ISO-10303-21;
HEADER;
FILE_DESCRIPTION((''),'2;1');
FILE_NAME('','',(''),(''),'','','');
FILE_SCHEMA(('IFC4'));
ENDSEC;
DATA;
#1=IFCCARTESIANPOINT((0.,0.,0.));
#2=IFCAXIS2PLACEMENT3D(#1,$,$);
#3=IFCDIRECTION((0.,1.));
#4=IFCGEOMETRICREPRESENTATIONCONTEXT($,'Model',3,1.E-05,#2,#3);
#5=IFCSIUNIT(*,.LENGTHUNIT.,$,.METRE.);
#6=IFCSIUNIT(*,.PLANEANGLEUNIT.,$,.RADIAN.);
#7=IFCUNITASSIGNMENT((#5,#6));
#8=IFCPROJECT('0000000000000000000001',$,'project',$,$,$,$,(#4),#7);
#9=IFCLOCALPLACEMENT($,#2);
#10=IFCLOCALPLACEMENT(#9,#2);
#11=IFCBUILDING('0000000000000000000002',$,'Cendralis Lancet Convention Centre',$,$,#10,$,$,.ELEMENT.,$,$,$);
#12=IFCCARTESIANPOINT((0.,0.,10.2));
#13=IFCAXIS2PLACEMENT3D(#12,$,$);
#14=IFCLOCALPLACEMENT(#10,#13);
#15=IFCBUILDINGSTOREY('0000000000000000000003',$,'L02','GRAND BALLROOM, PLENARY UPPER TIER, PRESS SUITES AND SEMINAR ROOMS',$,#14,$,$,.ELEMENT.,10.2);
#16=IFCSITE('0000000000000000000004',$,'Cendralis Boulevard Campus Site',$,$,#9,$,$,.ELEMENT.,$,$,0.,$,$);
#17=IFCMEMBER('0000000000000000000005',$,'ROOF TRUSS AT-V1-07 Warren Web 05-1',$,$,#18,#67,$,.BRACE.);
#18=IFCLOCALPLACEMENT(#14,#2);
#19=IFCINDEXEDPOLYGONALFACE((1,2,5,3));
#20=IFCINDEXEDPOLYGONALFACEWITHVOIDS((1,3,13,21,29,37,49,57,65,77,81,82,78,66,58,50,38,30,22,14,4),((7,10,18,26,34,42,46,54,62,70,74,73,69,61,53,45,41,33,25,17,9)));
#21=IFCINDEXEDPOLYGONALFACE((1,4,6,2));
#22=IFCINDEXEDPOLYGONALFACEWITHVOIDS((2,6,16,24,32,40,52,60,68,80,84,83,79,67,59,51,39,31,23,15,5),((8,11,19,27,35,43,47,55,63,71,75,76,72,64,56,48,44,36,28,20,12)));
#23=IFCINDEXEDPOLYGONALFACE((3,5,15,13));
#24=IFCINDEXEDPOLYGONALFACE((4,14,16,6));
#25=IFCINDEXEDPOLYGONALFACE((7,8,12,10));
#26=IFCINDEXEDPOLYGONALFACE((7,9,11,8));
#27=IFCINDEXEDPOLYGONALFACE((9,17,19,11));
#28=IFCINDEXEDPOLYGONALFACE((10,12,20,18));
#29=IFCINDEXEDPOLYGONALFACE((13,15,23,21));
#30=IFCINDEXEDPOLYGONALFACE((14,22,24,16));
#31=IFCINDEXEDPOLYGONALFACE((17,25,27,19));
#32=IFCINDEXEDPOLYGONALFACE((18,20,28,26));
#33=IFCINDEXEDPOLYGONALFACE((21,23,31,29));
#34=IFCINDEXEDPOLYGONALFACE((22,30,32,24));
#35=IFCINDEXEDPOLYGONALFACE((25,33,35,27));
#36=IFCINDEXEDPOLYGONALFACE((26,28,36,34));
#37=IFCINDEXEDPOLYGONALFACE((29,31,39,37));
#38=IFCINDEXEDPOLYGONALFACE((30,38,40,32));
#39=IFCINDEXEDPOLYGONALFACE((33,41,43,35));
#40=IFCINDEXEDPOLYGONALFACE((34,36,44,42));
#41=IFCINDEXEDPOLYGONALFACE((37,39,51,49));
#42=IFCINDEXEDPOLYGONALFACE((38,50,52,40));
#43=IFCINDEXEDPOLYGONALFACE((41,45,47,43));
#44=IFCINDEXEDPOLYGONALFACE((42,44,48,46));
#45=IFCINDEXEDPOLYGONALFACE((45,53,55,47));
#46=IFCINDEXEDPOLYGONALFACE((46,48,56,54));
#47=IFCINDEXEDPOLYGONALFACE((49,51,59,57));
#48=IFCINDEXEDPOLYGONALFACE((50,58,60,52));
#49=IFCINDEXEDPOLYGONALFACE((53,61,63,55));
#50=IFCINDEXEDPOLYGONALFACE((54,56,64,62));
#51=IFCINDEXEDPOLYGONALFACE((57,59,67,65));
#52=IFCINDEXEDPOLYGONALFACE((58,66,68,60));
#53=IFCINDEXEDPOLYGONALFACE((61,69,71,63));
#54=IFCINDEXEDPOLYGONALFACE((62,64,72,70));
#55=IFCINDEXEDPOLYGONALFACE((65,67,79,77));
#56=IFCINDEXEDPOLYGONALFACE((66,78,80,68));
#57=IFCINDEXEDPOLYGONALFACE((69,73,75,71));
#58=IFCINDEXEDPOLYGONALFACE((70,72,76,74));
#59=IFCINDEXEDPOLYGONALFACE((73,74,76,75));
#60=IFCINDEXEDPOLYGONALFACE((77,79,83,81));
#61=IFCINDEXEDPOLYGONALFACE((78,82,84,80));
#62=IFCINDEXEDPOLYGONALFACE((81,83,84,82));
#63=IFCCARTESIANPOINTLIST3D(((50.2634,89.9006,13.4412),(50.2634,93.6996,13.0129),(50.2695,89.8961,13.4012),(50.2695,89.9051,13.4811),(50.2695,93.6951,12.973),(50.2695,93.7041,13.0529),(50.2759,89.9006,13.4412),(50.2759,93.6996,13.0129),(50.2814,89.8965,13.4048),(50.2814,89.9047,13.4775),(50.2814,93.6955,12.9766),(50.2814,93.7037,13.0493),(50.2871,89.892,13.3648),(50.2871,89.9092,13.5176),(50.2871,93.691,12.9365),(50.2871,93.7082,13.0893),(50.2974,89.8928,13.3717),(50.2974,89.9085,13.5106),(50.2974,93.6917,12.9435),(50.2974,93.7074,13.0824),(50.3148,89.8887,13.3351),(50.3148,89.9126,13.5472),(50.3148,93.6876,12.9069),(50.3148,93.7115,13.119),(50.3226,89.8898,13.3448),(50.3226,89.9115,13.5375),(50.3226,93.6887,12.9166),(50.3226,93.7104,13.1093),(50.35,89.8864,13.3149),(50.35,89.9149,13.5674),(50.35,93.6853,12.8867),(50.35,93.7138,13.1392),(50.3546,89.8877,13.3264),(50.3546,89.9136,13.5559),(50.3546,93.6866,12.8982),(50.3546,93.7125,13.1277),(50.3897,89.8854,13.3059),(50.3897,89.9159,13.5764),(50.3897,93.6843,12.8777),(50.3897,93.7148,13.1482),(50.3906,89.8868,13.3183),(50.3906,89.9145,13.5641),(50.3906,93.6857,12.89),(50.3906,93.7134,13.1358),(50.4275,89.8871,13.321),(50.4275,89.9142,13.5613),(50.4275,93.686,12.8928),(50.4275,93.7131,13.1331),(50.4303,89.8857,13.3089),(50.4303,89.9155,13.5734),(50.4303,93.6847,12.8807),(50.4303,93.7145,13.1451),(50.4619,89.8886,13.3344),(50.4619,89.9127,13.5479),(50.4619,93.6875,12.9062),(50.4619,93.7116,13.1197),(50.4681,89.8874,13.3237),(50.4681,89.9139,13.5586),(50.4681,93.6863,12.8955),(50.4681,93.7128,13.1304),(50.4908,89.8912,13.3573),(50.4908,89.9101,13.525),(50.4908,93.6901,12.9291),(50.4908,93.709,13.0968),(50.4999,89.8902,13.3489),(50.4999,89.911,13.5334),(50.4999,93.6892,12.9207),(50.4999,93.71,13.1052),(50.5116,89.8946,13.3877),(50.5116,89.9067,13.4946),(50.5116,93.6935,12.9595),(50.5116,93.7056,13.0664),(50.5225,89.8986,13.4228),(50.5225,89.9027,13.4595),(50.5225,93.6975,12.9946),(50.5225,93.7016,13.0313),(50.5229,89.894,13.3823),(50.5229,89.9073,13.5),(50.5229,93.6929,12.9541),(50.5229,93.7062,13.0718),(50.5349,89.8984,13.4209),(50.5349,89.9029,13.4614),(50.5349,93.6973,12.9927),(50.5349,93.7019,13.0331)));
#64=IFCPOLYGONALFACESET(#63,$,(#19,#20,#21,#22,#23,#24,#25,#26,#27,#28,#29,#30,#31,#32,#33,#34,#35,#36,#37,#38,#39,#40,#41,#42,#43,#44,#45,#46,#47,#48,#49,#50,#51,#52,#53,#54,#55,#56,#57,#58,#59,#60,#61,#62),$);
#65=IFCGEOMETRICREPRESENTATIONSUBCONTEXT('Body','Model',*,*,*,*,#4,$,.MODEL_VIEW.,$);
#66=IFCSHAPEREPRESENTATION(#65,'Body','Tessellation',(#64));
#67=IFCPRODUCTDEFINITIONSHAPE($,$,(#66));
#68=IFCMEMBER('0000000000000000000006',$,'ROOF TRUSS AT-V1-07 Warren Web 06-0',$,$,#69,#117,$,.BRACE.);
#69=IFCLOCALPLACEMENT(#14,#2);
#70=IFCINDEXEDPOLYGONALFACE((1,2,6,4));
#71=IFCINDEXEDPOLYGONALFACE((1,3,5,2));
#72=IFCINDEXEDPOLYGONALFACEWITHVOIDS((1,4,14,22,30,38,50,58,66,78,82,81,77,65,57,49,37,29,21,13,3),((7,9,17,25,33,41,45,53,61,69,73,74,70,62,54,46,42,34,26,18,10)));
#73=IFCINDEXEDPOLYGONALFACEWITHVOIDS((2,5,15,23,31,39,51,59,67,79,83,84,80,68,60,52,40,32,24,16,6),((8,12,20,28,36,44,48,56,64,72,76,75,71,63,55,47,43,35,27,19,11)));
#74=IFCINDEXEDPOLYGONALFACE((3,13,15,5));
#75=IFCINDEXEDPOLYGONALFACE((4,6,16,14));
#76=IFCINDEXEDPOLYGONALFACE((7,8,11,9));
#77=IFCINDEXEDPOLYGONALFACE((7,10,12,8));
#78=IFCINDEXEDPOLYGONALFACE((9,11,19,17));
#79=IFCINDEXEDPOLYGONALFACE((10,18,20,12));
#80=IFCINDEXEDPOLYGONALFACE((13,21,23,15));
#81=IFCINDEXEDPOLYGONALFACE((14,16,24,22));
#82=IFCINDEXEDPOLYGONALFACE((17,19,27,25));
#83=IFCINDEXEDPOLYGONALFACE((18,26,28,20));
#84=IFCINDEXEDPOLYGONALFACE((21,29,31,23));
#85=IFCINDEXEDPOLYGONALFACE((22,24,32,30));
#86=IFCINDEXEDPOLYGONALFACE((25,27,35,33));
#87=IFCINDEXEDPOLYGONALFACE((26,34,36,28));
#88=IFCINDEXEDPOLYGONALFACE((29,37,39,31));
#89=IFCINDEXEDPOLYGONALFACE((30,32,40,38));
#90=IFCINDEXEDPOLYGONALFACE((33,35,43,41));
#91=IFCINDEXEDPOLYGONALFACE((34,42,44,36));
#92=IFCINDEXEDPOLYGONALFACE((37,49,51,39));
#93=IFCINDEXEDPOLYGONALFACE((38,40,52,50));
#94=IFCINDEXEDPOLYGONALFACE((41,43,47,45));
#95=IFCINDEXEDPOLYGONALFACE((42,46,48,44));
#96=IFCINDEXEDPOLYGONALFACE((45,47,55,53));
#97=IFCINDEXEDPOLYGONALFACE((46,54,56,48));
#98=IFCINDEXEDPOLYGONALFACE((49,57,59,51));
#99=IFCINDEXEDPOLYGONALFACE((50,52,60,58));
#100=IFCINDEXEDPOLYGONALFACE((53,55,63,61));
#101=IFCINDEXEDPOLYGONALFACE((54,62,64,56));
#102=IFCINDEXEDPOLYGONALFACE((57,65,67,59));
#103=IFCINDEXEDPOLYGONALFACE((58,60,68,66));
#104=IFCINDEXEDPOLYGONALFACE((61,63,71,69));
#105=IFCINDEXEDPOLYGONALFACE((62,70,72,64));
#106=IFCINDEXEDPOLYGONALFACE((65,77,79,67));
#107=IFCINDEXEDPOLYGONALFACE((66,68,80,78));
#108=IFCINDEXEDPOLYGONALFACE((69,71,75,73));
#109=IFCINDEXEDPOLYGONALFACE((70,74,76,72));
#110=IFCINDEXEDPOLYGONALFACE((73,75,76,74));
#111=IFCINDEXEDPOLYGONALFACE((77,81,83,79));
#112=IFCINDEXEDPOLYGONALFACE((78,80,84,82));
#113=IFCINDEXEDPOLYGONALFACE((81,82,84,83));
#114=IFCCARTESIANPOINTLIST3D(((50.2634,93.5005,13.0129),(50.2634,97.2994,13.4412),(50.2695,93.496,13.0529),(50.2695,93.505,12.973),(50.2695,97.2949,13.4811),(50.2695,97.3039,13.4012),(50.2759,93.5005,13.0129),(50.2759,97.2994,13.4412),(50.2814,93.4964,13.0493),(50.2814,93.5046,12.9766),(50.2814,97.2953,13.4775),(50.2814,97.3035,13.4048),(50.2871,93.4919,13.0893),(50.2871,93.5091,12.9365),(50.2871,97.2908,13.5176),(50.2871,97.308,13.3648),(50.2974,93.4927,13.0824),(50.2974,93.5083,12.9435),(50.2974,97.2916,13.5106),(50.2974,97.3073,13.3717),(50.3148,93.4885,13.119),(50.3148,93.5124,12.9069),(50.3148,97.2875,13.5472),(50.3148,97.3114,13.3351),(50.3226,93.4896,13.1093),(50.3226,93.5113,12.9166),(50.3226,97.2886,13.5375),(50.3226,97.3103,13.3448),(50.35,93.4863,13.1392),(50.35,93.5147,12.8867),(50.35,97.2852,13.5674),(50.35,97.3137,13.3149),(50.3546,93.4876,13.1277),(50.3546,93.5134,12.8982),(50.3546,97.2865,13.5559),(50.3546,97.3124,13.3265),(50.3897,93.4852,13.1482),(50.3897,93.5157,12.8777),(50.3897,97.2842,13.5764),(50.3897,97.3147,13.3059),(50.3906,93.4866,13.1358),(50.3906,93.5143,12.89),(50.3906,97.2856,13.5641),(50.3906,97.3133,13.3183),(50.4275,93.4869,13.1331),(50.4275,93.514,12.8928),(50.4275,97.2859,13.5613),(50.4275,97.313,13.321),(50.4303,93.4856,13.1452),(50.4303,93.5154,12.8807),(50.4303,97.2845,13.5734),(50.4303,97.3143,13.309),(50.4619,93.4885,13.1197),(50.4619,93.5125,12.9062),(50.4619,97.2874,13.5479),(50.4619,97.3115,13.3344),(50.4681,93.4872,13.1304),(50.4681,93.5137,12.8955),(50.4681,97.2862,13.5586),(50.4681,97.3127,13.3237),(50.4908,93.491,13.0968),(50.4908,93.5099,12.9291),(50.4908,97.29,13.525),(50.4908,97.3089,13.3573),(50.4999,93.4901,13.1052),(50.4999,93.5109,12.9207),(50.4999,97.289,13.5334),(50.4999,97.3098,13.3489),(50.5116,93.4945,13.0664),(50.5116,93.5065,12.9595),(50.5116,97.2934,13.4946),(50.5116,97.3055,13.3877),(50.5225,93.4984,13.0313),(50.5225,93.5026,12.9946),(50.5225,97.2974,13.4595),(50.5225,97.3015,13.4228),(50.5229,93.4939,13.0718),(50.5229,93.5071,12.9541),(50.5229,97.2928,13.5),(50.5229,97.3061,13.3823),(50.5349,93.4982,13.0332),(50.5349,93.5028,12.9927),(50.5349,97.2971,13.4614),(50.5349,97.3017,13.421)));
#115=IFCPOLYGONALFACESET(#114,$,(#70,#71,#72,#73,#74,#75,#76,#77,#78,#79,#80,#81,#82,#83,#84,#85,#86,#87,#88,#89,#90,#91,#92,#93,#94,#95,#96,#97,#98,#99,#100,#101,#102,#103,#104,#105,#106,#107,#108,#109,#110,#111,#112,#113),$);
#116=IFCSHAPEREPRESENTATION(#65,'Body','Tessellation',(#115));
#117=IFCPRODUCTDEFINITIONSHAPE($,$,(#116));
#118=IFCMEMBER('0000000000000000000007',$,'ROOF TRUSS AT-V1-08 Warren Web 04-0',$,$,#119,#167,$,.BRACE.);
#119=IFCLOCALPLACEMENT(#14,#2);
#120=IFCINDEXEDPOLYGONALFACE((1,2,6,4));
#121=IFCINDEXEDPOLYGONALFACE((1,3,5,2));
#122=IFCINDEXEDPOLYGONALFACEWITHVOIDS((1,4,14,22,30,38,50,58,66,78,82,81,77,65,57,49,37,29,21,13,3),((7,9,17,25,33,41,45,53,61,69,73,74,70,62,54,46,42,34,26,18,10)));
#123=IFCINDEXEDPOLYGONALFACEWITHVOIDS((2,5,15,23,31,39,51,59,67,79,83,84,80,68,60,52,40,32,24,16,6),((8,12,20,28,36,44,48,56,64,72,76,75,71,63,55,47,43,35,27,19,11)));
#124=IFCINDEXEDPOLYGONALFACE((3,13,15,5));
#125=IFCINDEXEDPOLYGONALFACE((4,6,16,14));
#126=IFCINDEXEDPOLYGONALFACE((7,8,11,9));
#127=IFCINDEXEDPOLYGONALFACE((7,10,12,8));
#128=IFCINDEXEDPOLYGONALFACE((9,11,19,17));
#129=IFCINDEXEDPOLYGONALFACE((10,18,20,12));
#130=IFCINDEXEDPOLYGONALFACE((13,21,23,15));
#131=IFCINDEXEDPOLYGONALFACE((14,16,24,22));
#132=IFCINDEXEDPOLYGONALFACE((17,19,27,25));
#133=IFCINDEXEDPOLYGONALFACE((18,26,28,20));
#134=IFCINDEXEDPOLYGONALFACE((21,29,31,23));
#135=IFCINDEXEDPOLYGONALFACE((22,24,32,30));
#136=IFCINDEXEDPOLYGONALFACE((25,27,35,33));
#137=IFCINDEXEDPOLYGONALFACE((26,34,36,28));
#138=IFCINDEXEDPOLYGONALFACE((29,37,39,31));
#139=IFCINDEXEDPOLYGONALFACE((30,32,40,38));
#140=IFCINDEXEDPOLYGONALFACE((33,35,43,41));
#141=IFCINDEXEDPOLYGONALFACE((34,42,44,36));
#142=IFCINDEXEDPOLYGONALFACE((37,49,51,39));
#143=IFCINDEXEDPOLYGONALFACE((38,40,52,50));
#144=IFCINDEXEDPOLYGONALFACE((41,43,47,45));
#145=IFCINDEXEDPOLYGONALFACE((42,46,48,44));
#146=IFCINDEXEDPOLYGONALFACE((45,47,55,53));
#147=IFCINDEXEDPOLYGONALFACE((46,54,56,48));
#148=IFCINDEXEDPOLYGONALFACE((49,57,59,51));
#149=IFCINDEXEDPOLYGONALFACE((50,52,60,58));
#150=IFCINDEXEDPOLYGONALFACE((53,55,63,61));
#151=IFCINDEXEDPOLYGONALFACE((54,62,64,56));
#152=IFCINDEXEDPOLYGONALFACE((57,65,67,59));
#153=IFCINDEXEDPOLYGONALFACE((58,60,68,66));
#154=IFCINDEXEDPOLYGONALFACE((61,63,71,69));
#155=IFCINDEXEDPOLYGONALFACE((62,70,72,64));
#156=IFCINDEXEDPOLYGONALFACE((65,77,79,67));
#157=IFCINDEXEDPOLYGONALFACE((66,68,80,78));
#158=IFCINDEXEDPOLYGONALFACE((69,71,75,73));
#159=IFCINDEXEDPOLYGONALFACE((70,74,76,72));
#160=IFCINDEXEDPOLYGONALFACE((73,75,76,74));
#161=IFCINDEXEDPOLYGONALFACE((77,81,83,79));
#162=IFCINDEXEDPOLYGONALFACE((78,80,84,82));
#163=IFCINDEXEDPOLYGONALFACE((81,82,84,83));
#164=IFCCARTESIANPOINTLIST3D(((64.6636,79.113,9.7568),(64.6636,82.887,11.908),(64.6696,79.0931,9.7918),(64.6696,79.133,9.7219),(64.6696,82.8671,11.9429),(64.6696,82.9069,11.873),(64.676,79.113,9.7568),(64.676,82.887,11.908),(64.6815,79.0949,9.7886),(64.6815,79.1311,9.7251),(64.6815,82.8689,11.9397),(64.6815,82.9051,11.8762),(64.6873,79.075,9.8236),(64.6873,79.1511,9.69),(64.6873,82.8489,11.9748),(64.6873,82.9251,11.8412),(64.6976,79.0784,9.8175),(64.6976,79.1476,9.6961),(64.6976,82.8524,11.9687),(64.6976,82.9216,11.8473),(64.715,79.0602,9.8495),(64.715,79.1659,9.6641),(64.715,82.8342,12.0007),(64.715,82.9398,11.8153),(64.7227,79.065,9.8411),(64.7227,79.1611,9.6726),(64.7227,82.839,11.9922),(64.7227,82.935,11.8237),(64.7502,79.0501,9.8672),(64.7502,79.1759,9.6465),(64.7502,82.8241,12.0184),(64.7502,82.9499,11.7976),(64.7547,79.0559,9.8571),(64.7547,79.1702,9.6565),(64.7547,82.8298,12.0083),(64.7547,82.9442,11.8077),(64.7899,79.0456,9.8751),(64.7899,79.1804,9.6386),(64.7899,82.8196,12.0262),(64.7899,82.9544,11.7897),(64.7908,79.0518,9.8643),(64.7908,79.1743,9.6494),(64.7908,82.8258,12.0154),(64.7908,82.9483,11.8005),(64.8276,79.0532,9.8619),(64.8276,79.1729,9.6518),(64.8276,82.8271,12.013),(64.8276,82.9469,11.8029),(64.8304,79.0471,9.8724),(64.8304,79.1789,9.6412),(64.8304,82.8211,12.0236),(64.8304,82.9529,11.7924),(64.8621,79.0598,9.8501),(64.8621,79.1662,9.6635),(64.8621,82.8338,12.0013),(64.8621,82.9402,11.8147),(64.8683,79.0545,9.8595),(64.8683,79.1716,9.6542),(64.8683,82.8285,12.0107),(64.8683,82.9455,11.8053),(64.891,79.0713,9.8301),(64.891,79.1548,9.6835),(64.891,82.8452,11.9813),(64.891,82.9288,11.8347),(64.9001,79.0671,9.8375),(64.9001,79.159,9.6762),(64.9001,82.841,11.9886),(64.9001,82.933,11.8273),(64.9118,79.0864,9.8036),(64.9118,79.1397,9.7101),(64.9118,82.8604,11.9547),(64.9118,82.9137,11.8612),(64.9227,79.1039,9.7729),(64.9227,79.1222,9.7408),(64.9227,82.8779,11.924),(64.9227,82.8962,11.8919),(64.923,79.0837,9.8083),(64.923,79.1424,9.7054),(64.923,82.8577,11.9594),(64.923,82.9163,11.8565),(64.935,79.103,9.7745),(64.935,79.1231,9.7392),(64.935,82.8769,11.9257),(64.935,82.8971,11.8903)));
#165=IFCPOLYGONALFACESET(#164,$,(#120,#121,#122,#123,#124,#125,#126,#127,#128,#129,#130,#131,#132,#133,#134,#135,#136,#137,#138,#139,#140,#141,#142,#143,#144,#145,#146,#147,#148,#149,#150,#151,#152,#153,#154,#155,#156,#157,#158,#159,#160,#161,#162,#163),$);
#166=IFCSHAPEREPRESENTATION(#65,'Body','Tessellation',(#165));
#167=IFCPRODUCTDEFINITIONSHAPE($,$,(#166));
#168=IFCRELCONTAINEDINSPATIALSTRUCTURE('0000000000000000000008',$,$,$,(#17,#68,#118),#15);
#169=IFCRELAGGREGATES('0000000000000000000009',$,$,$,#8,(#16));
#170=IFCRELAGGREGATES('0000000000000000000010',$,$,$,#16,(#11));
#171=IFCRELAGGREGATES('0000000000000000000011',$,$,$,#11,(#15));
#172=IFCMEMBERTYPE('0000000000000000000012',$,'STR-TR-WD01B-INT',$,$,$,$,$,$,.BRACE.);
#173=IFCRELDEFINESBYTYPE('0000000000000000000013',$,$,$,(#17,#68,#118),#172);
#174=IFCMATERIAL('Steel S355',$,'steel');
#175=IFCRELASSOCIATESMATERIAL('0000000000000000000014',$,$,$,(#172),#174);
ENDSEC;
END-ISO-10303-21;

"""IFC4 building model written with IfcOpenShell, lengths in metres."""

from ifc_helpers import new_model, si_unit, direction, frame, origin, origin_2d, place, context, subcontext, project, spatial, hollow_circle, extrude, material, material_profile, profile_set, type_object, element, save


model = new_model("IFC4")

# Units and contexts
model_context = context("Model", 3, precision=1e-05, world=origin(), true_north=direction((0.0, 1.0)))
body_context = subcontext(model_context, "Body", "Model", "MODEL_VIEW")
ifc_project = project(units=[si_unit("LENGTHUNIT", "METRE"), si_unit("PLANEANGLEUNIT", "RADIAN")], contexts=[model_context])

# Site, building, storey
site_placement = place(None, origin())
site = spatial("IfcSite", under=ifc_project, at=site_placement, Name="Cendralis Boulevard Campus Site", CompositionType="ELEMENT", RefElevation=0.0)
building_placement = place(site_placement, origin())
building = spatial("IfcBuilding", under=site, at=building_placement, Name="Cendralis Lancet Convention Centre", CompositionType="ELEMENT")
storey_placement = place(building_placement, frame((0.0, 0.0, 10.2)))
storey = spatial("IfcBuildingStorey", under=building, at=storey_placement, Name="L02", Description="GRAND BALLROOM, PLENARY UPPER TIER, PRESS SUITES AND SEMINAR ROOMS", CompositionType="ELEMENT", Elevation=10.2)

# Members
ifc_material = material(Name="Steel S355", Category="steel")
ifc_material_profile_1 = material_profile(ifc_material, hollow_circle(Radius=0.1365, WallThickness=0.0125, at=origin_2d()), Name="CHS 273.0x12.5")
ifc_profile_set_1 = profile_set([ifc_material_profile_1], Name="Steel S355")
member_type_1 = type_object("IfcMemberType", Name="STR-TR-WD01B-INT", PredefinedType="BRACE", material=ifc_profile_set_1)
for number, where, z_axis, x_axis, name in (
    (1, (50.3999, 89.9006, 13.4412), (0.0, 0.993706, -0.112015), (-1.0, 0.0, 0.0), "ROOF TRUSS AT-V1-07 Warren Web 05-1"),
    (2, (50.3999, 93.5005, 13.0129), (0.0, 0.993706, 0.112015), (-1.0, 0.0, 0.0), "ROOF TRUSS AT-V1-07 Warren Web 06-0"),
):
    element("IfcMember", number, at=place(storey_placement, frame(where, z_axis=z_axis, x_axis=x_axis)), inside=storey, type_object=member_type_1, Name=name, PredefinedType="BRACE", context=body_context, shape_type="SweptSolid", body=[
        extrude(hollow_circle(Radius=0.1365, WallThickness=0.0125, at=origin_2d()), origin(), (0.0, 0.0, 1.0), 3.823),
    ])
member_1_placement = place(storey_placement, frame((64.8, 79.113, 9.7568), z_axis=(0.0, 0.868779, 0.4952), x_axis=(-1.0, 0.0, 0.0)))
element("IfcMember", 3, at=member_1_placement, inside=storey, type_object=member_type_1, Name="ROOF TRUSS AT-V1-08 Warren Web 04-0", PredefinedType="BRACE", context=body_context, shape_type="SweptSolid", body=[
    extrude(hollow_circle(Radius=0.1365, WallThickness=0.0125, at=origin_2d()), origin(), (0.0, 0.0, 1.0), 4.344),
])

save(model, "model.ifc")
